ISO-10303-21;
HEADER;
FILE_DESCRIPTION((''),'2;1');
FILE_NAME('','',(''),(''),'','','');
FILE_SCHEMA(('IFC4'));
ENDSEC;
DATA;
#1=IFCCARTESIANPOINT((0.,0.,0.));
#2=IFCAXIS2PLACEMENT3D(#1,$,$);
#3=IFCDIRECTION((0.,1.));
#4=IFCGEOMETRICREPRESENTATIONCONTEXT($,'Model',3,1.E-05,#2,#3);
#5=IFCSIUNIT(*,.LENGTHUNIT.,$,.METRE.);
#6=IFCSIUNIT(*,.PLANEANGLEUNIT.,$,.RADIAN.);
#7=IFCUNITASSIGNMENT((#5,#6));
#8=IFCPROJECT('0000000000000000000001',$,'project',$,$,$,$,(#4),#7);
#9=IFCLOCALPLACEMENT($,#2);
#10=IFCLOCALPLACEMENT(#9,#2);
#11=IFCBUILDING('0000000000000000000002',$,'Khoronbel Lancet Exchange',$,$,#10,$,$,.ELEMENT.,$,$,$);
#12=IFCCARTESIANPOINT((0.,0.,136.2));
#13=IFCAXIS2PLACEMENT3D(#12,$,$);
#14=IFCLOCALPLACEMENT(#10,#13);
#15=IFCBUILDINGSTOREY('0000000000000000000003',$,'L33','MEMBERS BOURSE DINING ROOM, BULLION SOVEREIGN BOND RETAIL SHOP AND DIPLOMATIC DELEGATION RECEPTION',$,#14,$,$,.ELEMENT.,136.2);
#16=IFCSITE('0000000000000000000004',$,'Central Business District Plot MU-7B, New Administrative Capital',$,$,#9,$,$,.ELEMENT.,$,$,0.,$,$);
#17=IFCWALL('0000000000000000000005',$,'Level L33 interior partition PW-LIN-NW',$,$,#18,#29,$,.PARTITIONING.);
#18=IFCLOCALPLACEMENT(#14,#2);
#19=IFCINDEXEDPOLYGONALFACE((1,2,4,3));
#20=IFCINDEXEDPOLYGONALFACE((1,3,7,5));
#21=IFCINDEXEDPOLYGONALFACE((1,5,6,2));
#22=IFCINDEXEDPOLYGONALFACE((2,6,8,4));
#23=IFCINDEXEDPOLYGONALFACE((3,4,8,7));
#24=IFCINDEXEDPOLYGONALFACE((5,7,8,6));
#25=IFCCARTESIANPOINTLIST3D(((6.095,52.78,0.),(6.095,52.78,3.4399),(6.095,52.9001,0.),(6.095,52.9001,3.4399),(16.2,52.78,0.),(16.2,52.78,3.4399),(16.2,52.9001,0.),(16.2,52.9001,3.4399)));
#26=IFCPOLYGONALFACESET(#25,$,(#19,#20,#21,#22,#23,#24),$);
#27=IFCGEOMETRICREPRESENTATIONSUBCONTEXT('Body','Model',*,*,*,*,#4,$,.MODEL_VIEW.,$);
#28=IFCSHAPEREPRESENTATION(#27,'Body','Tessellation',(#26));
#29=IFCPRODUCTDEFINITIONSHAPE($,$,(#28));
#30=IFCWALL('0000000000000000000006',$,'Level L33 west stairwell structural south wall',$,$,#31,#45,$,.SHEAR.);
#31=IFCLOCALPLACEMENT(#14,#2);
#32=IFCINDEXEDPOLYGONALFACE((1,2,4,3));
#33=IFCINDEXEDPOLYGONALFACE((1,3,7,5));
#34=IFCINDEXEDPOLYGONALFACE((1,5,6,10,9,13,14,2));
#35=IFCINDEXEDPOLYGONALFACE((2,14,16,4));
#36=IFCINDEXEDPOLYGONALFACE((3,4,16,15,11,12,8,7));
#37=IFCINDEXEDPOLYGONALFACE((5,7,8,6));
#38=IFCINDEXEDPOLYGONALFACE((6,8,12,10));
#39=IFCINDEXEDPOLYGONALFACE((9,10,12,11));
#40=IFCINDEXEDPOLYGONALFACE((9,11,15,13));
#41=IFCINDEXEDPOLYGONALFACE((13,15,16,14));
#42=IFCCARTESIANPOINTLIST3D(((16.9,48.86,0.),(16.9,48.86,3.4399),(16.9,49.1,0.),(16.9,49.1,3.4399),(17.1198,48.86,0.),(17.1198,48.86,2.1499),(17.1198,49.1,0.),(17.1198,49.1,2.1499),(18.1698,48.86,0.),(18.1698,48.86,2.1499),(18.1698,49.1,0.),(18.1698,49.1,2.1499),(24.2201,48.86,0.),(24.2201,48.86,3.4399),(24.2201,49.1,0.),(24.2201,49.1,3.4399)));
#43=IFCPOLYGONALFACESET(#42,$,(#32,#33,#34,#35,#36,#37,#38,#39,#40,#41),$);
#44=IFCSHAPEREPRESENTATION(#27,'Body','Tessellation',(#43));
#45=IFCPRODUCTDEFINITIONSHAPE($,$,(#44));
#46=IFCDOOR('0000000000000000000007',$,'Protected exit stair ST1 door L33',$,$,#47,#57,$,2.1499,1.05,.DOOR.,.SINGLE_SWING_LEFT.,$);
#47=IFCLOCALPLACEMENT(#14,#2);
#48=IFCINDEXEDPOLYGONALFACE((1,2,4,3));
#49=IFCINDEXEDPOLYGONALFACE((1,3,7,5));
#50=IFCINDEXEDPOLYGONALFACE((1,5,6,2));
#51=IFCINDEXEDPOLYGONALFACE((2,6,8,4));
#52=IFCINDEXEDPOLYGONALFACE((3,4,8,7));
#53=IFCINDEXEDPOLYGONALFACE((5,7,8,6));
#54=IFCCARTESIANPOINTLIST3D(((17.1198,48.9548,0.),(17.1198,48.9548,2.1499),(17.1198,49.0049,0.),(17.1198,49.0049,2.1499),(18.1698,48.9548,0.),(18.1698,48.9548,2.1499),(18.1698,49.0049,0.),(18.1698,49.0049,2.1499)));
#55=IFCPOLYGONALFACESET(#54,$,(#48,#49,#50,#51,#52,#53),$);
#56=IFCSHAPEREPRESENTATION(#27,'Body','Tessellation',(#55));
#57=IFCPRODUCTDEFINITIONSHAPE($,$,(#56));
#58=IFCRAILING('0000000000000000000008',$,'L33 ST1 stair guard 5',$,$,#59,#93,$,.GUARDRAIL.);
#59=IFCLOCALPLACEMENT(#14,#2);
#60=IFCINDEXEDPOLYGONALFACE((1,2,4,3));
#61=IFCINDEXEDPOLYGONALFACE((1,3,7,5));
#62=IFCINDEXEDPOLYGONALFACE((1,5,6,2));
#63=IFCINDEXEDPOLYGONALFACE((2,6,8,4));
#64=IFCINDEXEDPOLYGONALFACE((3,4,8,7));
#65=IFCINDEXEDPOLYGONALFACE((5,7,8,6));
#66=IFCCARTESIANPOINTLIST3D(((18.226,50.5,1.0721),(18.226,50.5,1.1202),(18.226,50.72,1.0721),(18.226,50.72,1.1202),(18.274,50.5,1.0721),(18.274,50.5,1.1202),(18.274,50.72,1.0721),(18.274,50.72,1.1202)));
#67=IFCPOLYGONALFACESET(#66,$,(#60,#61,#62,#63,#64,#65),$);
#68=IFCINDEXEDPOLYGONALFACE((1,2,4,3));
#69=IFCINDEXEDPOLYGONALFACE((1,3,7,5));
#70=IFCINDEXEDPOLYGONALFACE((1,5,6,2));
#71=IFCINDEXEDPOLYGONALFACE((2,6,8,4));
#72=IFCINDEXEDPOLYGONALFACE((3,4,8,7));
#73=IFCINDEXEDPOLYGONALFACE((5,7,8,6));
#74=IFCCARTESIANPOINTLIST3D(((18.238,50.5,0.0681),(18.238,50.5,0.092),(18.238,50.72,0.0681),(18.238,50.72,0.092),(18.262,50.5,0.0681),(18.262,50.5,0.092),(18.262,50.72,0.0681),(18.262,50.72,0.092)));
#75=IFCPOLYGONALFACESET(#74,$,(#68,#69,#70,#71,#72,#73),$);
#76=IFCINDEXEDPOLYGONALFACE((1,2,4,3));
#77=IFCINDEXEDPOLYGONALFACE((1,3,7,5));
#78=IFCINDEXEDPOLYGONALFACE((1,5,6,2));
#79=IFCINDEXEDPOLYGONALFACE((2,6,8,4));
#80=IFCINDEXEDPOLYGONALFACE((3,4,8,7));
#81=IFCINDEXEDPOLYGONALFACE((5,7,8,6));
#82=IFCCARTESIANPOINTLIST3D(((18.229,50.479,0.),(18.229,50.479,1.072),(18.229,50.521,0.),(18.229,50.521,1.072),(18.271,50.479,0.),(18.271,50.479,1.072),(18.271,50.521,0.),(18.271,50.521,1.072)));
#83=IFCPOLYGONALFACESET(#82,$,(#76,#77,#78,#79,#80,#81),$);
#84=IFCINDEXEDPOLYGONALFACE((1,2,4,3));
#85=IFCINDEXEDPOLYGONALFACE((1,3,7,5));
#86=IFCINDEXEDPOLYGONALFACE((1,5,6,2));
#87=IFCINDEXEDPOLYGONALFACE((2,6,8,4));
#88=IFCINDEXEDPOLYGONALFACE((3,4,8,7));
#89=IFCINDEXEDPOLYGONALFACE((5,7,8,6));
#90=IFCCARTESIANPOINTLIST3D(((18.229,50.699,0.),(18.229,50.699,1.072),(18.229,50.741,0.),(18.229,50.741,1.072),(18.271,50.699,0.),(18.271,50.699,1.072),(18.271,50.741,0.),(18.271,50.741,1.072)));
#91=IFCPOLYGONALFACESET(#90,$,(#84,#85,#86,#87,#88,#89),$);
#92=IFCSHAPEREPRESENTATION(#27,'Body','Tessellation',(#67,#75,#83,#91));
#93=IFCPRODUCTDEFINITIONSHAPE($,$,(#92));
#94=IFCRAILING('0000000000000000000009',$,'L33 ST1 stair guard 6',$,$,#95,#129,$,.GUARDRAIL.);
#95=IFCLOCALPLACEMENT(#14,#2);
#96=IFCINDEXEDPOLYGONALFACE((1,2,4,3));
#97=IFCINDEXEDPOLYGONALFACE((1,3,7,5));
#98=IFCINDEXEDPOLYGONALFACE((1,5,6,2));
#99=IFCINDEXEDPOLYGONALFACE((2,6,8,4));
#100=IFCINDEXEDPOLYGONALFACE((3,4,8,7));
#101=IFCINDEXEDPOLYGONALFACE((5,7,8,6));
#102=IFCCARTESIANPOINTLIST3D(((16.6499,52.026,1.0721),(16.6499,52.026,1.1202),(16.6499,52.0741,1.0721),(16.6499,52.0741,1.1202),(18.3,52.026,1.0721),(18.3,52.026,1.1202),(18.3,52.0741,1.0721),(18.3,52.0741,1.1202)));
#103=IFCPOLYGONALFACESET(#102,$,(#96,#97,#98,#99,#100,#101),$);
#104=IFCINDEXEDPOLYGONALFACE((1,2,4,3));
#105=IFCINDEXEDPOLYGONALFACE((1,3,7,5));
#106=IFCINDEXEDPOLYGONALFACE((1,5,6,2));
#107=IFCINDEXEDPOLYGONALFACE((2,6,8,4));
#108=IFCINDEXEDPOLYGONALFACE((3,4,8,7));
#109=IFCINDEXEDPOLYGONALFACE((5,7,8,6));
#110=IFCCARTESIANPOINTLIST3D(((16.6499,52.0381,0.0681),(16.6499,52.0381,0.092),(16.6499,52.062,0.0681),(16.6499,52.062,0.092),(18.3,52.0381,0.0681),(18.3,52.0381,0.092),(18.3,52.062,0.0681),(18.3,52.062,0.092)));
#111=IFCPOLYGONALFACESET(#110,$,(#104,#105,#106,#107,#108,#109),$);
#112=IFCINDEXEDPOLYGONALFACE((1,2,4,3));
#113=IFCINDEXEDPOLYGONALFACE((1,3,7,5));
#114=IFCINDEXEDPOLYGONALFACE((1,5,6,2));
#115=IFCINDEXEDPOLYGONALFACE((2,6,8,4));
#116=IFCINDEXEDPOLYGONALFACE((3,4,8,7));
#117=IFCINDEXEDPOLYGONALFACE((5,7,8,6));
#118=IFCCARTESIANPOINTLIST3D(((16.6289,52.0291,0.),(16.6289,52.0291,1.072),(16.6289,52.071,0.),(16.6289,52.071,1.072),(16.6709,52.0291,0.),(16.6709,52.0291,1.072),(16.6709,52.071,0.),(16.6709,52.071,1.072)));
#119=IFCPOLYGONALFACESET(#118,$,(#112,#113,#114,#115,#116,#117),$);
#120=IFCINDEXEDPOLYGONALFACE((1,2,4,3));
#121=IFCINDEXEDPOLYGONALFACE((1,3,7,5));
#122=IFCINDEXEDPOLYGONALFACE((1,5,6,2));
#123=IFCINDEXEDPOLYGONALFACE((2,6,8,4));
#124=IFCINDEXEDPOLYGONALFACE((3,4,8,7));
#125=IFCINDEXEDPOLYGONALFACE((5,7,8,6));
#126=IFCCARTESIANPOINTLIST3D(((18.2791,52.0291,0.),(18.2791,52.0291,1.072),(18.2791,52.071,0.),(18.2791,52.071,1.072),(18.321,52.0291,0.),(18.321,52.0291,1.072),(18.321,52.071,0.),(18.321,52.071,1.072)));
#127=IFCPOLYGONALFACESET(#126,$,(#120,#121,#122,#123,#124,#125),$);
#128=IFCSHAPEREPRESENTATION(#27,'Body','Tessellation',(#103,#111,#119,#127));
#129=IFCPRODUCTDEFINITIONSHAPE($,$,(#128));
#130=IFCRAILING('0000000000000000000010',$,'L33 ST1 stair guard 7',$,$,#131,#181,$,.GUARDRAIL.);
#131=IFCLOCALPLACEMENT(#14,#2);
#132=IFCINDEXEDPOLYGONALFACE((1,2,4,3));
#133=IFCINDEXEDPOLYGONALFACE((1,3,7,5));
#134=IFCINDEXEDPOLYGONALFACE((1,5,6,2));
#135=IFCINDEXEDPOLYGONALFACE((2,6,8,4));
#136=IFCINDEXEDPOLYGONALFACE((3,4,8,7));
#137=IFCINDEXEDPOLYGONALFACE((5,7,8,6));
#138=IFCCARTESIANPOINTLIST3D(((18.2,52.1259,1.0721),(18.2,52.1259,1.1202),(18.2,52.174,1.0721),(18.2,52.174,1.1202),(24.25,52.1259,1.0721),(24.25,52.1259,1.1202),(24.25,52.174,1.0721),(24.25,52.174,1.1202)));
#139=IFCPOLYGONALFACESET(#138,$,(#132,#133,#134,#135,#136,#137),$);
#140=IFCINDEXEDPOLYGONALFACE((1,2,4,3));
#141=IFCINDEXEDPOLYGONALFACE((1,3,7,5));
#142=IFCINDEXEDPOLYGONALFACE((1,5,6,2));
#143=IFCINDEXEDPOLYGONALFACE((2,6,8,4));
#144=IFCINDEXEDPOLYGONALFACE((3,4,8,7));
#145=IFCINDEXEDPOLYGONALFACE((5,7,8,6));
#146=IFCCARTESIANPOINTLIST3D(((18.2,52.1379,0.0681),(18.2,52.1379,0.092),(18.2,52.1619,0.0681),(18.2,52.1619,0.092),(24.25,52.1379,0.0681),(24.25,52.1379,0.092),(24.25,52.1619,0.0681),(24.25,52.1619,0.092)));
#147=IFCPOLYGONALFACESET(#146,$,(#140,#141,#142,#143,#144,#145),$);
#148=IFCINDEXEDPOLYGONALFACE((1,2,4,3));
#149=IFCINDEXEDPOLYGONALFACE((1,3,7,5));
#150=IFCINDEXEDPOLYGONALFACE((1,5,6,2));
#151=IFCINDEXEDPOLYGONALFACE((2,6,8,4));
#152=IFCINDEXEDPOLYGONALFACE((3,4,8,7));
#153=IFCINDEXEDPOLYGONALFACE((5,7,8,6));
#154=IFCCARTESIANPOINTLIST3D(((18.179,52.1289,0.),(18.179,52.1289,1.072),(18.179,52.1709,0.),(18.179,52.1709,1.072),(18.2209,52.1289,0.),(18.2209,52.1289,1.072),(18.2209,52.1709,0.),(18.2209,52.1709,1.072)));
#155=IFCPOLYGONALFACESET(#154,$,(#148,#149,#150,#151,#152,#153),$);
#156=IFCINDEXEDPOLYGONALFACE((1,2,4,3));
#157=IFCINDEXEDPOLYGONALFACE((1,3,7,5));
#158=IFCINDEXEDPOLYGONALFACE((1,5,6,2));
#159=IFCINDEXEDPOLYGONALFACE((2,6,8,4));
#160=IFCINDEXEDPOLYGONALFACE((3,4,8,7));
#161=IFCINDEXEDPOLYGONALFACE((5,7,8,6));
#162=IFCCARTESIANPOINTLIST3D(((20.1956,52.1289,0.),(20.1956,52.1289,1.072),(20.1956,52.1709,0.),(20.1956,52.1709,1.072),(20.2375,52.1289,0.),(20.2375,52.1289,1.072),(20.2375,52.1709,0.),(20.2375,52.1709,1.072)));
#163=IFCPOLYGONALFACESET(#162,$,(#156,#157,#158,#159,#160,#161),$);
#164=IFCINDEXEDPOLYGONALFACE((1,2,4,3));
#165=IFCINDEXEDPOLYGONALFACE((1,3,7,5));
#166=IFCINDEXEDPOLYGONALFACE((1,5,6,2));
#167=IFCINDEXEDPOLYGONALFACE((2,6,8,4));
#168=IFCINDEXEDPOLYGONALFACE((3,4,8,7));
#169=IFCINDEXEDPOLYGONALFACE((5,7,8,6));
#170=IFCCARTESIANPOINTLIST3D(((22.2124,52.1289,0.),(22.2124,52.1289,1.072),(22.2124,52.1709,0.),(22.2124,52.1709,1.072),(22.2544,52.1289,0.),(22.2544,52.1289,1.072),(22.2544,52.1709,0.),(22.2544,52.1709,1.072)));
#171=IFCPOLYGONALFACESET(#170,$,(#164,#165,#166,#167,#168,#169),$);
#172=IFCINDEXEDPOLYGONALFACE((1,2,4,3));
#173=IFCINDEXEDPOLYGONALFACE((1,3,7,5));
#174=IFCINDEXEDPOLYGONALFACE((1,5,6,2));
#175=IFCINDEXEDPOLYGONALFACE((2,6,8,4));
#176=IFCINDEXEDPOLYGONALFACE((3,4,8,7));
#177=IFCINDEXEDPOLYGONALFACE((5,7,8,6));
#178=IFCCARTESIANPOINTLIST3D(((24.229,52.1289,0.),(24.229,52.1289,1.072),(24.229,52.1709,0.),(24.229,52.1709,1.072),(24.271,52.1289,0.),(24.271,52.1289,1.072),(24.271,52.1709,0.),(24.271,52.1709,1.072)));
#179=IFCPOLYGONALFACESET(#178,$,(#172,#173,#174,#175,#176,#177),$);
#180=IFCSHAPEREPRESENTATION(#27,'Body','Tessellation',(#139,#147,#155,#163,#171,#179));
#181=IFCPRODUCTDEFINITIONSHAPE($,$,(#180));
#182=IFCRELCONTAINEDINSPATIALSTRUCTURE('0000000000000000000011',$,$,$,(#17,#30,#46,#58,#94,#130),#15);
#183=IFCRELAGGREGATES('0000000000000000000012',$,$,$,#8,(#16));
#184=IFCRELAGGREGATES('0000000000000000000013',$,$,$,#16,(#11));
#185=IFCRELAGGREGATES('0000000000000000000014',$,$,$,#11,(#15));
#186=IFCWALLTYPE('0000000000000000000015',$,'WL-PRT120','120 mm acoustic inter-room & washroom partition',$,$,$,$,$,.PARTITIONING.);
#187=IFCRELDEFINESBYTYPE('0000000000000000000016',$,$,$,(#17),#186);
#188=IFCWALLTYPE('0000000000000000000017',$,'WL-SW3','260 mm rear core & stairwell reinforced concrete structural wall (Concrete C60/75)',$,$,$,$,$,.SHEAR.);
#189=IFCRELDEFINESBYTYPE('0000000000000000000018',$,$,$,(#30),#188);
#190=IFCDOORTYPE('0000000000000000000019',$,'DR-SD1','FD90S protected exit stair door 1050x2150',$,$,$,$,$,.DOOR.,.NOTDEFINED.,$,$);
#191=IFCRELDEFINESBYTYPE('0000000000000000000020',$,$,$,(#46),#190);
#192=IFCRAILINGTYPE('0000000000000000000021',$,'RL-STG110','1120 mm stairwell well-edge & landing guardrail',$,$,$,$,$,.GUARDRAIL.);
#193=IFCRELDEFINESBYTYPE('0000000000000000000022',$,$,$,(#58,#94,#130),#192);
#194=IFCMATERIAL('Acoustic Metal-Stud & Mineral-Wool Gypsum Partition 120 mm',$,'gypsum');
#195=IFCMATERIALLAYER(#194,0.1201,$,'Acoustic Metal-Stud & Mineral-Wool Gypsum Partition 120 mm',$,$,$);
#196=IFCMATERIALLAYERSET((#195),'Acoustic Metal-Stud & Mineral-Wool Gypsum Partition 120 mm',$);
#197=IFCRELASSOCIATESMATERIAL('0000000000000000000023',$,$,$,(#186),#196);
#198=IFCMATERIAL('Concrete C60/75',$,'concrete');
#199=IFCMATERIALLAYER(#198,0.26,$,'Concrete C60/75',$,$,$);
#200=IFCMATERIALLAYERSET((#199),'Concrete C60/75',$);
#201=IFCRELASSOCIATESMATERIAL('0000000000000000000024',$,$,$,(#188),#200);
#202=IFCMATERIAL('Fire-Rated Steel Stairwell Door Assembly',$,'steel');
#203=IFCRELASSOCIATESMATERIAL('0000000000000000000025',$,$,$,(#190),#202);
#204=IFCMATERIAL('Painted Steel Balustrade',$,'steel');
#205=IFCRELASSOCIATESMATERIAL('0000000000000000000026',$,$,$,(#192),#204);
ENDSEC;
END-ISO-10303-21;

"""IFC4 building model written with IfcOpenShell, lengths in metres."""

from ifc_helpers import new_model, si_unit, direction, frame, frame_2d, origin, origin_2d, place, context, subcontext, project, spatial, rectangle, extrude, material, layer, layer_set, type_object, element, fill, save


model = new_model("IFC4")

# Units and contexts
model_context = context("Model", 3, precision=1e-05, world=origin(), true_north=direction((0.0, 1.0)))
body_context = subcontext(model_context, "Body", "Model", "MODEL_VIEW")
ifc_project = project(units=[si_unit("LENGTHUNIT", "METRE"), si_unit("PLANEANGLEUNIT", "RADIAN")], contexts=[model_context])

# Site, building, storey
site_placement = place(None, origin())
site = spatial("IfcSite", under=ifc_project, at=site_placement, Name="Central Business District Plot MU-7B, New Administrative Capital", CompositionType="ELEMENT", RefElevation=0.0)
building_placement = place(site_placement, origin())
building = spatial("IfcBuilding", under=site, at=building_placement, Name="Khoronbel Lancet Exchange", CompositionType="ELEMENT")
storey_placement = place(building_placement, frame((0.0, 0.0, 136.2)))
storey = spatial("IfcBuildingStorey", under=building, at=storey_placement, Name="L33", Description="MEMBERS BOURSE DINING ROOM, BULLION SOVEREIGN BOND RETAIL SHOP AND DIPLOMATIC DELEGATION RECEPTION", CompositionType="ELEMENT", Elevation=136.2)

# Shared definitions
ifc_material_1 = material(Name="Acoustic Metal-Stud & Mineral-Wool Gypsum Partition 120 mm", Category="gypsum")
ifc_layer_1 = layer(ifc_material_1, 0.1201, Name="Acoustic Metal-Stud & Mineral-Wool Gypsum Partition 120 mm")
ifc_layer_set_1 = layer_set([ifc_layer_1], Name="Acoustic Metal-Stud & Mineral-Wool Gypsum Partition 120 mm")
wall_type_1 = type_object("IfcWallType", Name="WL-PRT120", Description="120 mm acoustic inter-room & washroom partition", PredefinedType="PARTITIONING", material=ifc_layer_set_1)

# Wall
wall_1_placement = place(storey_placement, frame((6.095, 52.8401, 0.0), z_axis=(0.0, 0.0, 1.0), x_axis=(1.0, 0.0, 0.0)))
element("IfcWall", 1, at=wall_1_placement, inside=storey, type_object=wall_type_1, Name="Level L33 interior partition PW-LIN-NW", PredefinedType="PARTITIONING", context=body_context, shape_type="SweptSolid", body=[
    extrude(rectangle(XDim=10.105, YDim=0.1201, at=frame_2d((5.0525, 0.0))), origin(), (0.0, 0.0, 1.0), 3.4399),
])

# Wall, opening, door
ifc_material_2 = material(Name="Concrete C60/75", Category="concrete")
ifc_layer_2 = layer(ifc_material_2, 0.26, Name="Concrete C60/75")
ifc_layer_set_2 = layer_set([ifc_layer_2], Name="Concrete C60/75")
wall_type_2 = type_object("IfcWallType", Name="WL-SW3", Description="260 mm rear core & stairwell reinforced concrete structural wall (Concrete C60/75)", PredefinedType="SHEAR", material=ifc_layer_set_2)
wall_2_placement = place(storey_placement, frame((16.8999, 48.98, 0.0), z_axis=(0.0, 0.0, 1.0), x_axis=(1.0, 0.0, 0.0)))
wall_2 = element("IfcWall", 2, at=wall_2_placement, inside=storey, type_object=wall_type_2, Name="Level L33 west stairwell structural south wall", PredefinedType="SHEAR", context=body_context, shape_type="SweptSolid", body=[
    extrude(rectangle(XDim=7.3201, YDim=0.24, at=frame_2d((3.6602, 0.0))), origin(), (0.0, 0.0, 1.0), 3.4399),
])
opening_1_placement = place(wall_2_placement, frame((0.22, 0.0, 0.0)))
opening_1 = element("IfcOpeningElement", 3, at=opening_1_placement, cuts=wall_2, PredefinedType="OPENING", context=body_context, shape_type="SweptSolid", body=[
    extrude(rectangle(XDim=1.05, YDim=2.1499, at=frame_2d((0.5249, 1.075))), frame((0.0, 0.1299, 0.0), z_axis=(0.0, -1.0, 0.0), x_axis=(1.0, 0.0, 0.0)), (0.0, 0.0, 1.0), 0.26),
])
ifc_material_3 = material(Name="Fire-Rated Steel Stairwell Door Assembly", Category="steel")
door_type_1 = type_object("IfcDoorType", Name="DR-SD1", Description="FD90S protected exit stair door 1050x2150", OperationType="NOTDEFINED", PredefinedType="DOOR", material=ifc_material_3)
door_1_placement = place(opening_1_placement, origin())
door_1 = element("IfcDoor", 4, at=door_1_placement, inside=storey, type_object=door_type_1, Name="Protected exit stair ST1 door L33", OperationType="SINGLE_SWING_LEFT", OverallHeight=2.1499, OverallWidth=1.05, PredefinedType="DOOR", context=body_context, shape_type="SweptSolid", body=[
    extrude(rectangle(XDim=1.05, YDim=2.1499, at=frame_2d((0.5249, 1.075))), frame((0.0, 0.0249, 0.0), z_axis=(0.0, -1.0, 0.0), x_axis=(1.0, 0.0, 0.0)), (0.0, 0.0, 1.0), 0.05),
])
fill(opening_1, door_1)

# Railings
ifc_material_4 = material(Name="Painted Steel Balustrade", Category="steel")
railing_type_1 = type_object("IfcRailingType", Name="RL-STG110", Description="1120 mm stairwell well-edge & landing guardrail", PredefinedType="GUARDRAIL", material=ifc_material_4)
railing_1_placement = place(storey_placement, frame((18.25, 50.5, 0.0)))
element("IfcRailing", 5, at=railing_1_placement, inside=storey, type_object=railing_type_1, Name="L33 ST1 stair guard 5", PredefinedType="GUARDRAIL", context=body_context, shape_type="SweptSolid", body=[
    extrude(rectangle(XDim=0.0481, YDim=0.0481, at=origin_2d()), frame((0.0, 0.0, 1.0962), z_axis=(0.0, 1.0, 0.0), x_axis=(-1.0, 0.0, 0.0)), (0.0, 0.0, 1.0), 0.22),
    extrude(rectangle(XDim=0.0239, YDim=0.0239, at=origin_2d()), frame((0.0, 0.0, 0.0801), z_axis=(0.0, 1.0, 0.0), x_axis=(-1.0, 0.0, 0.0)), (0.0, 0.0, 1.0), 0.22),
    extrude(rectangle(XDim=0.042, YDim=0.042, at=origin_2d()), origin(), (0.0, 0.0, 1.0), 1.072),
    extrude(rectangle(XDim=0.042, YDim=0.042, at=origin_2d()), frame((0.0, 0.22, 0.0)), (0.0, 0.0, 1.0), 1.072),
])
railing_2_placement = place(storey_placement, frame((16.6499, 52.05, 0.0)))
element("IfcRailing", 6, at=railing_2_placement, inside=storey, type_object=railing_type_1, Name="L33 ST1 stair guard 6", PredefinedType="GUARDRAIL", context=body_context, shape_type="SweptSolid", body=[
    extrude(rectangle(XDim=0.0481, YDim=0.0481, at=origin_2d()), frame((0.0, 0.0, 1.0962), z_axis=(1.0, 0.0, 0.0), x_axis=(0.0, 1.0, 0.0)), (0.0, 0.0, 1.0), 1.6501),
    extrude(rectangle(XDim=0.0239, YDim=0.0239, at=origin_2d()), frame((0.0, 0.0, 0.0801), z_axis=(1.0, 0.0, 0.0), x_axis=(0.0, 1.0, 0.0)), (0.0, 0.0, 1.0), 1.6501),
    extrude(rectangle(XDim=0.042, YDim=0.042, at=origin_2d()), origin(), (0.0, 0.0, 1.0), 1.072),
    extrude(rectangle(XDim=0.042, YDim=0.042, at=origin_2d()), frame((1.6501, 0.0, 0.0)), (0.0, 0.0, 1.0), 1.072),
])
railing_3_placement = place(storey_placement, frame((18.2, 52.1499, 0.0)))
element("IfcRailing", 7, at=railing_3_placement, inside=storey, type_object=railing_type_1, Name="L33 ST1 stair guard 7", PredefinedType="GUARDRAIL", context=body_context, shape_type="SweptSolid", body=[
    extrude(rectangle(XDim=0.0481, YDim=0.0481, at=origin_2d()), frame((0.0, 0.0, 1.0962), z_axis=(1.0, 0.0, 0.0), x_axis=(0.0, 1.0, 0.0)), (0.0, 0.0, 1.0), 6.05),
    extrude(rectangle(XDim=0.0239, YDim=0.0239, at=origin_2d()), frame((0.0, 0.0, 0.0801), z_axis=(1.0, 0.0, 0.0), x_axis=(0.0, 1.0, 0.0)), (0.0, 0.0, 1.0), 6.05),
    extrude(rectangle(XDim=0.042, YDim=0.042, at=origin_2d()), origin(), (0.0, 0.0, 1.0), 1.072),
    extrude(rectangle(XDim=0.042, YDim=0.042, at=origin_2d()), frame((2.0166, 0.0, 0.0)), (0.0, 0.0, 1.0), 1.072),
    extrude(rectangle(XDim=0.042, YDim=0.042, at=origin_2d()), frame((4.0334, 0.0, 0.0)), (0.0, 0.0, 1.0), 1.072),
    extrude(rectangle(XDim=0.042, YDim=0.042, at=origin_2d()), frame((6.05, 0.0, 0.0)), (0.0, 0.0, 1.0), 1.072),
])

save(model, "model.ifc")
